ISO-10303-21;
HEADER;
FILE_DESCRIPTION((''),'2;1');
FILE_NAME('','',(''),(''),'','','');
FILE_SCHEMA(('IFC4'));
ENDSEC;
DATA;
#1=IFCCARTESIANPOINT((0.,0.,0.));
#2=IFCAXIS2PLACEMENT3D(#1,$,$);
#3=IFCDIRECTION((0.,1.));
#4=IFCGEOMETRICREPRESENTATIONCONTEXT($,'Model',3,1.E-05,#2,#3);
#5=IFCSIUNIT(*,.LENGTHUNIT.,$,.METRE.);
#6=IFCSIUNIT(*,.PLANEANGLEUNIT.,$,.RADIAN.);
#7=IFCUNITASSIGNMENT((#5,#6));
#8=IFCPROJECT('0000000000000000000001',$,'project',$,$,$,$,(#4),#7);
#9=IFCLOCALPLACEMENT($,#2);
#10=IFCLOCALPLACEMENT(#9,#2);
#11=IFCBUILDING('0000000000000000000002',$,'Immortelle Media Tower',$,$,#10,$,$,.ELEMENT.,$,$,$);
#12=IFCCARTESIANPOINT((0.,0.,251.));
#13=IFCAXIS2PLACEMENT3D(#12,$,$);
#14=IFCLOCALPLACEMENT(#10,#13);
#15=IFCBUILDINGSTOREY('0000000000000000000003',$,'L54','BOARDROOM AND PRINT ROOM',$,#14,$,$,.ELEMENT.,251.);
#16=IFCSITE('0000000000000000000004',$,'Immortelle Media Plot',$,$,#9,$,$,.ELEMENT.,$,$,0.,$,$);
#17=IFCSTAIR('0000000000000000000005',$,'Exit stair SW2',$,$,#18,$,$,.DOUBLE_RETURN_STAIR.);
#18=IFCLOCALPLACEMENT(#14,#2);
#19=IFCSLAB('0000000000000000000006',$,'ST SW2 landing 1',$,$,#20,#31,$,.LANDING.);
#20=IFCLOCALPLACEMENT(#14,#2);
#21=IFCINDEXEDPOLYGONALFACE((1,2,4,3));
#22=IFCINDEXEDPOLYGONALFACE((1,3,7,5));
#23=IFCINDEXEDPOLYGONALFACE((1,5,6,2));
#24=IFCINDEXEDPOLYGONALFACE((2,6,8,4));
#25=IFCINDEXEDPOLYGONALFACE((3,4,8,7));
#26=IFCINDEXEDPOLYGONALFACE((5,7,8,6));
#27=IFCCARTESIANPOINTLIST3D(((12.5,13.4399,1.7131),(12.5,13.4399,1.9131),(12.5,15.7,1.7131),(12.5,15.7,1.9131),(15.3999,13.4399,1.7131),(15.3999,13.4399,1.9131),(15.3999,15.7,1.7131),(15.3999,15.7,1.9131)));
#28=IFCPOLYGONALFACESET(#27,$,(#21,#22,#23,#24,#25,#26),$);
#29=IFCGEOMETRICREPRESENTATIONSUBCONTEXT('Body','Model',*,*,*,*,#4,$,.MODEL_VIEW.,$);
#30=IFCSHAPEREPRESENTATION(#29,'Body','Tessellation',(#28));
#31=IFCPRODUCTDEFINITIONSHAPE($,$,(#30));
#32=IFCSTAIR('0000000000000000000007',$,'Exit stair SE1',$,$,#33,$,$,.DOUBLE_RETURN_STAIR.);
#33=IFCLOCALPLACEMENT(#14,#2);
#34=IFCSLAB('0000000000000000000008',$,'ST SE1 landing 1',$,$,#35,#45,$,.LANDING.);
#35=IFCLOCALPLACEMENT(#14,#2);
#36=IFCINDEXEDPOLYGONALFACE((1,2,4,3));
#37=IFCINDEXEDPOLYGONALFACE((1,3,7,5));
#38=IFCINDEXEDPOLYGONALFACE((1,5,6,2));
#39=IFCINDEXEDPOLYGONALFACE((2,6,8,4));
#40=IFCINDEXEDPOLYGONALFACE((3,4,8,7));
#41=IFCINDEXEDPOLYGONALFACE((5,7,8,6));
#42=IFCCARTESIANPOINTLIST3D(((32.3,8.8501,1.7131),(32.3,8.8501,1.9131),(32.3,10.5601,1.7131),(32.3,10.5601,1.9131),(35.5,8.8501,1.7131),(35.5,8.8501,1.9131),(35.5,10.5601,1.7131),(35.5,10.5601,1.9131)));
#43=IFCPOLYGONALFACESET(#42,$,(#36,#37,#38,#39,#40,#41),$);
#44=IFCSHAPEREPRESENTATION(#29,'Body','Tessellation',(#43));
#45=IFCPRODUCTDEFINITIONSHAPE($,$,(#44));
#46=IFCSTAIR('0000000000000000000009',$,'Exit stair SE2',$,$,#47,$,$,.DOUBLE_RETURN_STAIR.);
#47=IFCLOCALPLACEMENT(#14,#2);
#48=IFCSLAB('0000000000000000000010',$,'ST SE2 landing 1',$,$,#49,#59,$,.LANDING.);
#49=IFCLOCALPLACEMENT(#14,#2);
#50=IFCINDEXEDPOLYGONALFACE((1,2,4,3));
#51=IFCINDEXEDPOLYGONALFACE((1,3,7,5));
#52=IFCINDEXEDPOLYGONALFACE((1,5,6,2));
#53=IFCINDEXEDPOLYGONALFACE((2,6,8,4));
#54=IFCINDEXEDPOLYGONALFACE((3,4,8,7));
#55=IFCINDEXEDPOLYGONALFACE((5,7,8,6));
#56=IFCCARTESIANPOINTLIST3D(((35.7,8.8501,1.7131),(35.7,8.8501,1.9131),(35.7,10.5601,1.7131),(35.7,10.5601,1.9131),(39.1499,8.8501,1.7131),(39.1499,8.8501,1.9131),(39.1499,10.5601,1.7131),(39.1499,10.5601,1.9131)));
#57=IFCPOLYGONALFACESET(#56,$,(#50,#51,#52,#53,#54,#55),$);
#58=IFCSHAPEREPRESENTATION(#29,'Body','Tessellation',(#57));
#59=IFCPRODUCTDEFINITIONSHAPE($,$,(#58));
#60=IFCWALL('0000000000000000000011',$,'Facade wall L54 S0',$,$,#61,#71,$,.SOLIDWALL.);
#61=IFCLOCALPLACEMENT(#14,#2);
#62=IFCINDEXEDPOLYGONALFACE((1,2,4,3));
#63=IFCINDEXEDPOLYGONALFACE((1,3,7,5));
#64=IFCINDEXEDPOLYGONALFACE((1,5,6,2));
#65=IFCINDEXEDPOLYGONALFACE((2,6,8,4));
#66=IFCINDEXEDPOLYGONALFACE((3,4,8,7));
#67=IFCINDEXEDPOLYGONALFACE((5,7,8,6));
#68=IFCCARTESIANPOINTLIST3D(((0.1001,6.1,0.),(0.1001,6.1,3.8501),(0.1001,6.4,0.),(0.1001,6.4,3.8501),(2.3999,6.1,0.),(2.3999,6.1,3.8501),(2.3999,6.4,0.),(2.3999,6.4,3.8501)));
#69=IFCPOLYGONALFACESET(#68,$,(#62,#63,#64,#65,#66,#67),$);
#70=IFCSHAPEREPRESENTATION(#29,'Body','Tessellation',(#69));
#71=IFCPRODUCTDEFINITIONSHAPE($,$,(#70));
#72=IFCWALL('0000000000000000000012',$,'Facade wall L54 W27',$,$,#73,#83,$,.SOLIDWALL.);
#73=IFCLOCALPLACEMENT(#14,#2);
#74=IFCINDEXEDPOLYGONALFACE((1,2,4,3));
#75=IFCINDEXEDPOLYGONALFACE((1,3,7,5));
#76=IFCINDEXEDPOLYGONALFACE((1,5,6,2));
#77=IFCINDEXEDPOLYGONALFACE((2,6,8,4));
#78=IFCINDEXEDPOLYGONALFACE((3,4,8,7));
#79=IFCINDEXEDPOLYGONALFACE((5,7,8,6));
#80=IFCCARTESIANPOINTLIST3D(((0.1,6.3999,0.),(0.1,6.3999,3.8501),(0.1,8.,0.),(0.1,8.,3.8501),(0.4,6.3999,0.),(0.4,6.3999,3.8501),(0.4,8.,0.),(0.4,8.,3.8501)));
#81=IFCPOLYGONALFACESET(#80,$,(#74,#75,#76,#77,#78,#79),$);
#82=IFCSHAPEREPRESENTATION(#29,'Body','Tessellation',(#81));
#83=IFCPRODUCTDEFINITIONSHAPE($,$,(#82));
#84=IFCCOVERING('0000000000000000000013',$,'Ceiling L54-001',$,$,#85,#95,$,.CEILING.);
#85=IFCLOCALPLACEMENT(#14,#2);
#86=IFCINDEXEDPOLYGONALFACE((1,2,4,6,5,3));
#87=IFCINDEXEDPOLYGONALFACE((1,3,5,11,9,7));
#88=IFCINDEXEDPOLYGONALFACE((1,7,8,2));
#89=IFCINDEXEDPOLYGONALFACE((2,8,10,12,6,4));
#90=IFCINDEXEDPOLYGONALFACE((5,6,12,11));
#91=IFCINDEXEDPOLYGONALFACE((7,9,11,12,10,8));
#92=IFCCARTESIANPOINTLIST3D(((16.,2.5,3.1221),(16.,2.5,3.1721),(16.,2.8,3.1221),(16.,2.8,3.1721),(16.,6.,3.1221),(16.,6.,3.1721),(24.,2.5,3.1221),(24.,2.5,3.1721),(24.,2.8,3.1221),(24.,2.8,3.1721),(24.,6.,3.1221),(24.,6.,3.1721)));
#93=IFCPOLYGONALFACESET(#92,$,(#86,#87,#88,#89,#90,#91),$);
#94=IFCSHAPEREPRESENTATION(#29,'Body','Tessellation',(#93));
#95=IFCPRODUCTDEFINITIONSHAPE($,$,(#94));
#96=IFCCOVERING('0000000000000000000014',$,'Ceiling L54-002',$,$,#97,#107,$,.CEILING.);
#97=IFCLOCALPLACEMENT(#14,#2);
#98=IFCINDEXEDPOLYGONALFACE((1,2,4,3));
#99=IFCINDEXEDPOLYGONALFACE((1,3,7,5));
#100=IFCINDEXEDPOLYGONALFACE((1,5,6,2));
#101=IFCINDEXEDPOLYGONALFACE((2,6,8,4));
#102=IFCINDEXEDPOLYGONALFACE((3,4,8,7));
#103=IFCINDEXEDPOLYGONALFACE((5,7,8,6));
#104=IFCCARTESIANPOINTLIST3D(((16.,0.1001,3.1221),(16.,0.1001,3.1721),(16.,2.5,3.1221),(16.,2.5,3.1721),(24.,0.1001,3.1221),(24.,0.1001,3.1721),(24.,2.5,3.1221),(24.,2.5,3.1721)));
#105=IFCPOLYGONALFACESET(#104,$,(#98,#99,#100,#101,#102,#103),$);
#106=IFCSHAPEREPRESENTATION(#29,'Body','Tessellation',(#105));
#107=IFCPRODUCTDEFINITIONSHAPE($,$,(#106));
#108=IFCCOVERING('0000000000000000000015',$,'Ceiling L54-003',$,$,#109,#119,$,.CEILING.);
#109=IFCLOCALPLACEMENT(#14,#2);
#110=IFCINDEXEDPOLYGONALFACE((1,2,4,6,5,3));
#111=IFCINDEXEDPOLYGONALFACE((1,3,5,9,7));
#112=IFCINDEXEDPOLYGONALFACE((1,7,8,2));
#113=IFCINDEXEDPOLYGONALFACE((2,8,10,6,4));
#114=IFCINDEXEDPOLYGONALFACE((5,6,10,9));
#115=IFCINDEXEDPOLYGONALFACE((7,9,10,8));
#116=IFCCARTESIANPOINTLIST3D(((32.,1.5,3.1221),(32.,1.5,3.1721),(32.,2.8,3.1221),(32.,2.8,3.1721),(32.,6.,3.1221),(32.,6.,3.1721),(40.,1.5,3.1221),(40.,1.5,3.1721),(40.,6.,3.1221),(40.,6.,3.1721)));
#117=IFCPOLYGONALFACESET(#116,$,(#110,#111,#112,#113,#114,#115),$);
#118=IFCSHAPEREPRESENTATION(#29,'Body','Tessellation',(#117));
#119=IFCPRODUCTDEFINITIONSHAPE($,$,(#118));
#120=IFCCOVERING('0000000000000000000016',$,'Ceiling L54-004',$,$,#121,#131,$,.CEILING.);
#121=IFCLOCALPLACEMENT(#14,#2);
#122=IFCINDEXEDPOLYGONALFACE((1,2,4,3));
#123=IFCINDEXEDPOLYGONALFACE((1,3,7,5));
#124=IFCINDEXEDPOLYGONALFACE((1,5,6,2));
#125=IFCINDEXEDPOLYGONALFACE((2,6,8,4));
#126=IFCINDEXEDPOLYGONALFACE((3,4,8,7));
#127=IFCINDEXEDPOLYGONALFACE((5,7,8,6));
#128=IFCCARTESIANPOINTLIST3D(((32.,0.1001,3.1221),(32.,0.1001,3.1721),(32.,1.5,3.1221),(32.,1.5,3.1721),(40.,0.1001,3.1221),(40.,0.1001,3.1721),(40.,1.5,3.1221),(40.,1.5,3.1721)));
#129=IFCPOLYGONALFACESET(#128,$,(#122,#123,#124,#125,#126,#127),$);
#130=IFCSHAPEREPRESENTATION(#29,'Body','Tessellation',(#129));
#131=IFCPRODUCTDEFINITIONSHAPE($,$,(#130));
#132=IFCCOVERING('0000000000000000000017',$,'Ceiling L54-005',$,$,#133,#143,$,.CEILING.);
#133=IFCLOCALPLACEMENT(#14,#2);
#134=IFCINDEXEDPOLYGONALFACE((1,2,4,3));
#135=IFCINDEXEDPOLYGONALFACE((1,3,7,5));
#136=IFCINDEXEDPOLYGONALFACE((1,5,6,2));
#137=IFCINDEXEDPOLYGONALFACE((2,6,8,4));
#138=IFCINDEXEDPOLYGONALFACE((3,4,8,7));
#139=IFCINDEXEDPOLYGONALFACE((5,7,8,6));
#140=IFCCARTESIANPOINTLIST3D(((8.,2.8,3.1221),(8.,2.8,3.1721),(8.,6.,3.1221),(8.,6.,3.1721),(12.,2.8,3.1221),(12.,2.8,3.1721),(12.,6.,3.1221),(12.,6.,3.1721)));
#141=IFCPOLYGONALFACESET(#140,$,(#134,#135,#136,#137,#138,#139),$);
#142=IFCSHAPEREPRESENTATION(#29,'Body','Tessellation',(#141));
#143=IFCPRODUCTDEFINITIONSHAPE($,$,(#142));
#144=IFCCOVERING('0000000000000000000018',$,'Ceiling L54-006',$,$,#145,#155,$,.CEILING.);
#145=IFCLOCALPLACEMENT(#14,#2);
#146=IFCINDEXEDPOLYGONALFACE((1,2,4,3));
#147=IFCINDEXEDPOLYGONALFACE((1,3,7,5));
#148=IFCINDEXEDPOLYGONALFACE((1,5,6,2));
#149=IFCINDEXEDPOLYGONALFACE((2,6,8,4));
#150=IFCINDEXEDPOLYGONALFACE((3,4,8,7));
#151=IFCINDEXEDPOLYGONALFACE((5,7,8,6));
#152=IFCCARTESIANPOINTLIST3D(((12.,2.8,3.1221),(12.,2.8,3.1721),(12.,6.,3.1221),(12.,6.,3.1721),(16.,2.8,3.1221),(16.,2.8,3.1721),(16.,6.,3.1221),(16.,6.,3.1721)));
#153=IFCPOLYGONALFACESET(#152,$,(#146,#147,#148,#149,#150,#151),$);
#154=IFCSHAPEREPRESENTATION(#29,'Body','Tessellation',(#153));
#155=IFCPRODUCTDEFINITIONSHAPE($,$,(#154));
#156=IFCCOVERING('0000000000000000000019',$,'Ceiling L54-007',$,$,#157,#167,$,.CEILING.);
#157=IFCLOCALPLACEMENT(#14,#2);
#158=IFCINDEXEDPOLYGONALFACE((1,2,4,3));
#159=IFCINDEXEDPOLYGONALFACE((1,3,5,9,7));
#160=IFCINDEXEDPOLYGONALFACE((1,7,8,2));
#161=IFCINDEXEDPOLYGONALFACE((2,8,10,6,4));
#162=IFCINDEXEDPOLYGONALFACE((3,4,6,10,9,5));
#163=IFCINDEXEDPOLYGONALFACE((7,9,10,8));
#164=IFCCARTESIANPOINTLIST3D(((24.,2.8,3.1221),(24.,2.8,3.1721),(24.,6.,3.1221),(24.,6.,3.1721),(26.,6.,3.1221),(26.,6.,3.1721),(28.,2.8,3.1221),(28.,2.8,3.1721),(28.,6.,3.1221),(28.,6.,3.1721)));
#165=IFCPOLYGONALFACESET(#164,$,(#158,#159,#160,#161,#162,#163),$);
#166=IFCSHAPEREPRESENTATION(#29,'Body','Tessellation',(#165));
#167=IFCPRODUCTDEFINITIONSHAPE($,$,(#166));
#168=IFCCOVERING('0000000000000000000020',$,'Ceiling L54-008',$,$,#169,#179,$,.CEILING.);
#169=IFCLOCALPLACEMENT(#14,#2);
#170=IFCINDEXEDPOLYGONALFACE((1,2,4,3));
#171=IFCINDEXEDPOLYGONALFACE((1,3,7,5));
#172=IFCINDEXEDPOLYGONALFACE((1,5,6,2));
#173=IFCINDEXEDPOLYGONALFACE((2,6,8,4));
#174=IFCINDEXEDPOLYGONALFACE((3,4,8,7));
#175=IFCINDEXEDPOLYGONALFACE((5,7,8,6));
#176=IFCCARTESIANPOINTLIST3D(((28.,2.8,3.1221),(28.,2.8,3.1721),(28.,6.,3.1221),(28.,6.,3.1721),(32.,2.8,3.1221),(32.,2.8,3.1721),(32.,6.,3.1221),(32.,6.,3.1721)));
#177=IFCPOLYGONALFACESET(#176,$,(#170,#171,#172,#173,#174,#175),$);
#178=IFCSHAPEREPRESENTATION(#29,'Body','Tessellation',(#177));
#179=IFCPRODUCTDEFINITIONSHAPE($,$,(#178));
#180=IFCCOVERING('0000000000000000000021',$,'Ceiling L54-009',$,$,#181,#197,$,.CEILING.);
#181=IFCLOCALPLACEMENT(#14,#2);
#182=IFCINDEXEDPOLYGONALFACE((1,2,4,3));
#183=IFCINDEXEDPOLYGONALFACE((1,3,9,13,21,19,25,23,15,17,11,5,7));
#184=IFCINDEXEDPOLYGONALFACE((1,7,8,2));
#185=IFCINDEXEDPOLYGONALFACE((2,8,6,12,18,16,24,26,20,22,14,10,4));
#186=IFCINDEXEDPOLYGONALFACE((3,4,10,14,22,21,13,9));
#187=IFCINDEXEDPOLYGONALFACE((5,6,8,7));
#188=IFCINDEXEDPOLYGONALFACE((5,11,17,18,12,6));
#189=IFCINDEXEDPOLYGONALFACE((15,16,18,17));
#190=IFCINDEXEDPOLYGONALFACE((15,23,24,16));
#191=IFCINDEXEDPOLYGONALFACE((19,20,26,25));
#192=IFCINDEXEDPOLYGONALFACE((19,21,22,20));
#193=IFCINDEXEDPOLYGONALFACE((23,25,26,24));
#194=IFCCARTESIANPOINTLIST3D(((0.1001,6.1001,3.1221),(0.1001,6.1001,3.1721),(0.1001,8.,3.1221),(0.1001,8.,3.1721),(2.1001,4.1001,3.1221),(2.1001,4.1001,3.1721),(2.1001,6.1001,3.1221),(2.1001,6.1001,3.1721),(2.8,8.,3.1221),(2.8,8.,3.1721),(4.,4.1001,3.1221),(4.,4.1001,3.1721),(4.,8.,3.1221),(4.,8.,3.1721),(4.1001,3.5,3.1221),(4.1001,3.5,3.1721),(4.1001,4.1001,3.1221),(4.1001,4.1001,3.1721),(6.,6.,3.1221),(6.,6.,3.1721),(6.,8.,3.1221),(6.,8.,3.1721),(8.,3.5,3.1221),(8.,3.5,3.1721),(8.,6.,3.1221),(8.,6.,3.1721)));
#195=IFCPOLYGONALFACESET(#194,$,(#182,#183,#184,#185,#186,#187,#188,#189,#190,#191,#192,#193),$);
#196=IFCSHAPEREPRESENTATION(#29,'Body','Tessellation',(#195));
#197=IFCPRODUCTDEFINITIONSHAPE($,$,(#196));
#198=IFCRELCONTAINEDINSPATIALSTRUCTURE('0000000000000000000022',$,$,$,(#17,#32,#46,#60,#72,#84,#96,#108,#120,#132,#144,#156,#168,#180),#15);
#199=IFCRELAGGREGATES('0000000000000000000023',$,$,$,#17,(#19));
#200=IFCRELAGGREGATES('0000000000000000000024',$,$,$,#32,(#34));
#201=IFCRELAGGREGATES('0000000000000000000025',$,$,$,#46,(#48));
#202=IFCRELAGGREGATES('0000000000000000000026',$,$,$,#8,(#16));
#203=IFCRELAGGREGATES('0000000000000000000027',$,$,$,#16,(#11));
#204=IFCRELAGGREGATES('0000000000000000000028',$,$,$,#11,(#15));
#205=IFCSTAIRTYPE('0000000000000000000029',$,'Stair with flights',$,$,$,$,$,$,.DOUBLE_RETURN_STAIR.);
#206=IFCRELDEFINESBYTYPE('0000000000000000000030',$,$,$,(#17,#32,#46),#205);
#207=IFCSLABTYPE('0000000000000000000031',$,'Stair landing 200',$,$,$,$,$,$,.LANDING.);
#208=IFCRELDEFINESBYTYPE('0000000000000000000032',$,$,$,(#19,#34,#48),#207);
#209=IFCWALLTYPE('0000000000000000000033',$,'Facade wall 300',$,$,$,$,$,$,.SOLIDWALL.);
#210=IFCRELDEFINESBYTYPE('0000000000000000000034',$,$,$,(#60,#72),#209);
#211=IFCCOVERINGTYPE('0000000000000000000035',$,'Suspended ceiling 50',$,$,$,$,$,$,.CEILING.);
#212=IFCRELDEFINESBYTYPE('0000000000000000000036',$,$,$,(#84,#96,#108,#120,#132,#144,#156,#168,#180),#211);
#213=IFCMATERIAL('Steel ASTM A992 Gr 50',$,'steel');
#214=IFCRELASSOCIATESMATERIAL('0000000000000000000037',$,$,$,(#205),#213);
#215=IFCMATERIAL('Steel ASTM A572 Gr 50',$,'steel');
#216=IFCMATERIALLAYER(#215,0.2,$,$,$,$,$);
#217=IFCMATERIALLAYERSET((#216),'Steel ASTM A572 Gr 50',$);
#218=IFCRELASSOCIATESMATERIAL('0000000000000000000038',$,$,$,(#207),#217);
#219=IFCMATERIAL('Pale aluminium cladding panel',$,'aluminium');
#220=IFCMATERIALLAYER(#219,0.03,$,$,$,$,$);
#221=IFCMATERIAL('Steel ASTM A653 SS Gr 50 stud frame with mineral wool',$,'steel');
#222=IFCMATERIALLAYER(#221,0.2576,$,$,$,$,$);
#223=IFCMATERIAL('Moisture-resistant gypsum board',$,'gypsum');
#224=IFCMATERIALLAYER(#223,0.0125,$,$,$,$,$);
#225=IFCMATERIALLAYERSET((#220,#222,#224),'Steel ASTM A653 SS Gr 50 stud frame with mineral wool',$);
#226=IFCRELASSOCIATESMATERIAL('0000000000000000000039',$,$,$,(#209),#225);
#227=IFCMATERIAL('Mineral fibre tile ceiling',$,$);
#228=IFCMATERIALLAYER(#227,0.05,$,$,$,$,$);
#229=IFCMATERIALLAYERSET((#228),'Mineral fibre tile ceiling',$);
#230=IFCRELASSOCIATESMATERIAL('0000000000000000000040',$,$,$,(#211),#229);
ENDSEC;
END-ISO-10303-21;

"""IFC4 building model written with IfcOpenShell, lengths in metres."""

from ifc_helpers import new_model, si_unit, direction, frame, frame_2d, origin, place, context, subcontext, project, spatial, polyline, rectangle, outline, extrude, material, layer, layer_set, type_object, element, aggregate, save


model = new_model("IFC4")

# Units and contexts
model_context = context("Model", 3, precision=1e-05, world=origin(), true_north=direction((0.0, 1.0)))
body_context = subcontext(model_context, "Body", "Model", "MODEL_VIEW")
ifc_project = project(units=[si_unit("LENGTHUNIT", "METRE"), si_unit("PLANEANGLEUNIT", "RADIAN")], contexts=[model_context])

# Site, building, storey
site_placement = place(None, origin())
site = spatial("IfcSite", under=ifc_project, at=site_placement, Name="Immortelle Media Plot", CompositionType="ELEMENT", RefElevation=0.0)
building_placement = place(site_placement, origin())
building = spatial("IfcBuilding", under=site, at=building_placement, Name="Immortelle Media Tower", CompositionType="ELEMENT")
storey_placement = place(building_placement, frame((0.0, 0.0, 251.0)))
storey = spatial("IfcBuildingStorey", under=building, at=storey_placement, Name="L54", Description="BOARDROOM AND PRINT ROOM", CompositionType="ELEMENT", Elevation=251.0)

# Shared definitions
ifc_material_1 = material(Name="Steel ASTM A992 Gr 50", Category="steel")

# Stairs, slabs
stair_type = type_object("IfcStairType", Name="Stair with flights", PredefinedType="DOUBLE_RETURN_STAIR", material=ifc_material_1)
ifc_material_2 = material(Name="Steel ASTM A572 Gr 50", Category="steel")
ifc_layer_1 = layer(ifc_material_2, 0.2)
ifc_layer_set_1 = layer_set([ifc_layer_1], Name="Steel ASTM A572 Gr 50")
slab_type_1 = type_object("IfcSlabType", Name="Stair landing 200", PredefinedType="LANDING", material=ifc_layer_set_1)
stair_1_placement = place(storey_placement, origin())
stair_1 = element("IfcStair", 1, at=stair_1_placement, inside=storey, type_object=stair_type, Name="Exit stair SW2", PredefinedType="DOUBLE_RETURN_STAIR")
slab_1_placement = place(storey_placement, frame((0.0, 0.0, 1.7131)))
slab_1 = element("IfcSlab", 2, at=slab_1_placement, type_object=slab_type_1, Name="ST SW2 landing 1", PredefinedType="LANDING", context=body_context, shape_type="SweptSolid", body=[
    extrude(outline(polyline([(12.5, 13.4399), (15.3999, 13.4399), (15.3999, 15.7), (12.5, 15.7), (12.5, 13.4399)])), origin(), (0.0, 0.0, 1.0), 0.2),
])
aggregate(stair_1, [slab_1])
stair_2_placement = place(storey_placement, origin())
stair_2 = element("IfcStair", 3, at=stair_2_placement, inside=storey, type_object=stair_type, Name="Exit stair SE1", PredefinedType="DOUBLE_RETURN_STAIR")
slab_2_placement = place(storey_placement, frame((0.0, 0.0, 1.7131)))
slab_2 = element("IfcSlab", 4, at=slab_2_placement, type_object=slab_type_1, Name="ST SE1 landing 1", PredefinedType="LANDING", context=body_context, shape_type="SweptSolid", body=[
    extrude(outline(polyline([(32.3, 8.8501), (35.5, 8.8501), (35.5, 10.5601), (32.3, 10.5601), (32.3, 8.8501)])), origin(), (0.0, 0.0, 1.0), 0.2),
])
aggregate(stair_2, [slab_2])
stair_3_placement = place(storey_placement, origin())
stair_3 = element("IfcStair", 5, at=stair_3_placement, inside=storey, type_object=stair_type, Name="Exit stair SE2", PredefinedType="DOUBLE_RETURN_STAIR")
slab_3_placement = place(storey_placement, frame((0.0, 0.0, 1.7131)))
slab_3 = element("IfcSlab", 6, at=slab_3_placement, type_object=slab_type_1, Name="ST SE2 landing 1", PredefinedType="LANDING", context=body_context, shape_type="SweptSolid", body=[
    extrude(outline(polyline([(35.7, 8.8501), (39.1499, 8.8501), (39.1499, 10.5601), (35.7, 10.5601), (35.7, 8.8501)])), origin(), (0.0, 0.0, 1.0), 0.2),
])
aggregate(stair_3, [slab_3])

# Walls
ifc_material_3 = material(Name="Pale aluminium cladding panel", Category="aluminium")
ifc_layer_2 = layer(ifc_material_3, 0.03)
ifc_material_4 = material(Name="Steel ASTM A653 SS Gr 50 stud frame with mineral wool", Category="steel")
ifc_layer_3 = layer(ifc_material_4, 0.2576)
ifc_material_5 = material(Name="Moisture-resistant gypsum board", Category="gypsum")
ifc_layer_4 = layer(ifc_material_5, 0.0125)
ifc_layer_set_2 = layer_set([ifc_layer_2, ifc_layer_3, ifc_layer_4], Name="Steel ASTM A653 SS Gr 50 stud frame with mineral wool")
wall_type = type_object("IfcWallType", Name="Facade wall 300", PredefinedType="SOLIDWALL", material=ifc_layer_set_2)
wall_1_placement = place(storey_placement, frame((0.1001, 6.25, 0.0), z_axis=(0.0, 0.0, 1.0), x_axis=(1.0, 0.0, 0.0)))
element("IfcWall", 7, at=wall_1_placement, inside=storey, type_object=wall_type, Name="Facade wall L54 S0", PredefinedType="SOLIDWALL", context=body_context, shape_type="SweptSolid", body=[
    extrude(rectangle(XDim=2.2998, YDim=0.3, at=frame_2d((1.1499, 0.0))), origin(), (0.0, 0.0, 1.0), 3.8501),
])
wall_2_placement = place(storey_placement, frame((0.25, 8.0, 0.0), z_axis=(0.0, 0.0, 1.0), x_axis=(0.0, -1.0, 0.0)))
element("IfcWall", 8, at=wall_2_placement, inside=storey, type_object=wall_type, Name="Facade wall L54 W27", PredefinedType="SOLIDWALL", context=body_context, shape_type="SweptSolid", body=[
    extrude(rectangle(XDim=1.6001, YDim=0.3, at=frame_2d((0.8, 0.0))), origin(), (0.0, 0.0, 1.0), 3.8501),
])

# Coverings
ifc_material_6 = material(Name="Mineral fibre tile ceiling")
ifc_layer_5 = layer(ifc_material_6, 0.05)
ifc_layer_set_3 = layer_set([ifc_layer_5], Name="Mineral fibre tile ceiling")
covering_type = type_object("IfcCoveringType", Name="Suspended ceiling 50", PredefinedType="CEILING", material=ifc_layer_set_3)
covering_1_placement = place(storey_placement, frame((0.0, 0.0, 3.1221)))
element("IfcCovering", 9, at=covering_1_placement, inside=storey, type_object=covering_type, Name="Ceiling L54-001", PredefinedType="CEILING", context=body_context, shape_type="SweptSolid", body=[
    extrude(outline(polyline([(16.0, 2.8), (16.0, 6.0), (24.0, 6.0), (24.0, 2.8), (24.0, 2.5), (16.0, 2.5), (16.0, 2.8)])), origin(), (0.0, 0.0, 1.0), 0.05),
])
covering_2_placement = place(storey_placement, frame((0.0, 0.0, 3.1221)))
element("IfcCovering", 10, at=covering_2_placement, inside=storey, type_object=covering_type, Name="Ceiling L54-002", PredefinedType="CEILING", context=body_context, shape_type="SweptSolid", body=[
    extrude(outline(polyline([(16.0, 2.5), (24.0, 2.5), (24.0, 0.1001), (16.0, 0.1001), (16.0, 2.5)])), origin(), (0.0, 0.0, 1.0), 0.05),
])
covering_3_placement = place(storey_placement, frame((0.0, 0.0, 3.1221)))
element("IfcCovering", 11, at=covering_3_placement, inside=storey, type_object=covering_type, Name="Ceiling L54-003", PredefinedType="CEILING", context=body_context, shape_type="SweptSolid", body=[
    extrude(outline(polyline([(32.0, 2.8), (32.0, 6.0), (40.0, 6.0), (40.0, 1.5), (32.0, 1.5), (32.0, 2.8)])), origin(), (0.0, 0.0, 1.0), 0.05),
])
covering_4_placement = place(storey_placement, frame((0.0, 0.0, 3.1221)))
element("IfcCovering", 12, at=covering_4_placement, inside=storey, type_object=covering_type, Name="Ceiling L54-004", PredefinedType="CEILING", context=body_context, shape_type="SweptSolid", body=[
    extrude(outline(polyline([(32.0, 1.5), (40.0, 1.5), (40.0, 0.1001), (32.0, 0.1001), (32.0, 1.5)])), origin(), (0.0, 0.0, 1.0), 0.05),
])
covering_5_placement = place(storey_placement, frame((0.0, 0.0, 3.1221)))
element("IfcCovering", 13, at=covering_5_placement, inside=storey, type_object=covering_type, Name="Ceiling L54-005", PredefinedType="CEILING", context=body_context, shape_type="SweptSolid", body=[
    extrude(outline(polyline([(8.0, 6.0), (12.0, 6.0), (12.0, 2.8), (8.0, 2.8), (8.0, 6.0)])), origin(), (0.0, 0.0, 1.0), 0.05),
])
covering_6_placement = place(storey_placement, frame((0.0, 0.0, 3.1221)))
element("IfcCovering", 14, at=covering_6_placement, inside=storey, type_object=covering_type, Name="Ceiling L54-006", PredefinedType="CEILING", context=body_context, shape_type="SweptSolid", body=[
    extrude(outline(polyline([(16.0, 6.0), (16.0, 2.8), (12.0, 2.8), (12.0, 6.0), (16.0, 6.0)])), origin(), (0.0, 0.0, 1.0), 0.05),
])
covering_7_placement = place(storey_placement, frame((0.0, 0.0, 3.1221)))
element("IfcCovering", 15, at=covering_7_placement, inside=storey, type_object=covering_type, Name="Ceiling L54-007", PredefinedType="CEILING", context=body_context, shape_type="SweptSolid", body=[
    extrude(outline(polyline([(24.0, 6.0), (26.0, 6.0), (28.0, 6.0), (28.0, 2.8), (24.0, 2.8), (24.0, 6.0)])), origin(), (0.0, 0.0, 1.0), 0.05),
])
covering_8_placement = place(storey_placement, frame((0.0, 0.0, 3.1221)))
element("IfcCovering", 16, at=covering_8_placement, inside=storey, type_object=covering_type, Name="Ceiling L54-008", PredefinedType="CEILING", context=body_context, shape_type="SweptSolid", body=[
    extrude(outline(polyline([(32.0, 6.0), (32.0, 2.8), (28.0, 2.8), (28.0, 6.0), (32.0, 6.0)])), origin(), (0.0, 0.0, 1.0), 0.05),
])
covering_9_placement = place(storey_placement, frame((0.0, 0.0, 3.1221)))
element("IfcCovering", 17, at=covering_9_placement, inside=storey, type_object=covering_type, Name="Ceiling L54-009", PredefinedType="CEILING", context=body_context, shape_type="SweptSolid", body=[
    extrude(outline(polyline([(4.1001, 4.1001), (4.0, 4.1001), (2.1001, 4.1001), (2.1001, 6.1001), (0.1001, 6.1001), (0.1001, 8.0), (2.8, 8.0), (4.0, 8.0), (6.0, 8.0), (6.0, 6.0), (8.0, 6.0), (8.0, 3.5), (4.1001, 3.5), (4.1001, 4.1001)])), origin(), (0.0, 0.0, 1.0), 0.05),
])

save(model, "model.ifc")
